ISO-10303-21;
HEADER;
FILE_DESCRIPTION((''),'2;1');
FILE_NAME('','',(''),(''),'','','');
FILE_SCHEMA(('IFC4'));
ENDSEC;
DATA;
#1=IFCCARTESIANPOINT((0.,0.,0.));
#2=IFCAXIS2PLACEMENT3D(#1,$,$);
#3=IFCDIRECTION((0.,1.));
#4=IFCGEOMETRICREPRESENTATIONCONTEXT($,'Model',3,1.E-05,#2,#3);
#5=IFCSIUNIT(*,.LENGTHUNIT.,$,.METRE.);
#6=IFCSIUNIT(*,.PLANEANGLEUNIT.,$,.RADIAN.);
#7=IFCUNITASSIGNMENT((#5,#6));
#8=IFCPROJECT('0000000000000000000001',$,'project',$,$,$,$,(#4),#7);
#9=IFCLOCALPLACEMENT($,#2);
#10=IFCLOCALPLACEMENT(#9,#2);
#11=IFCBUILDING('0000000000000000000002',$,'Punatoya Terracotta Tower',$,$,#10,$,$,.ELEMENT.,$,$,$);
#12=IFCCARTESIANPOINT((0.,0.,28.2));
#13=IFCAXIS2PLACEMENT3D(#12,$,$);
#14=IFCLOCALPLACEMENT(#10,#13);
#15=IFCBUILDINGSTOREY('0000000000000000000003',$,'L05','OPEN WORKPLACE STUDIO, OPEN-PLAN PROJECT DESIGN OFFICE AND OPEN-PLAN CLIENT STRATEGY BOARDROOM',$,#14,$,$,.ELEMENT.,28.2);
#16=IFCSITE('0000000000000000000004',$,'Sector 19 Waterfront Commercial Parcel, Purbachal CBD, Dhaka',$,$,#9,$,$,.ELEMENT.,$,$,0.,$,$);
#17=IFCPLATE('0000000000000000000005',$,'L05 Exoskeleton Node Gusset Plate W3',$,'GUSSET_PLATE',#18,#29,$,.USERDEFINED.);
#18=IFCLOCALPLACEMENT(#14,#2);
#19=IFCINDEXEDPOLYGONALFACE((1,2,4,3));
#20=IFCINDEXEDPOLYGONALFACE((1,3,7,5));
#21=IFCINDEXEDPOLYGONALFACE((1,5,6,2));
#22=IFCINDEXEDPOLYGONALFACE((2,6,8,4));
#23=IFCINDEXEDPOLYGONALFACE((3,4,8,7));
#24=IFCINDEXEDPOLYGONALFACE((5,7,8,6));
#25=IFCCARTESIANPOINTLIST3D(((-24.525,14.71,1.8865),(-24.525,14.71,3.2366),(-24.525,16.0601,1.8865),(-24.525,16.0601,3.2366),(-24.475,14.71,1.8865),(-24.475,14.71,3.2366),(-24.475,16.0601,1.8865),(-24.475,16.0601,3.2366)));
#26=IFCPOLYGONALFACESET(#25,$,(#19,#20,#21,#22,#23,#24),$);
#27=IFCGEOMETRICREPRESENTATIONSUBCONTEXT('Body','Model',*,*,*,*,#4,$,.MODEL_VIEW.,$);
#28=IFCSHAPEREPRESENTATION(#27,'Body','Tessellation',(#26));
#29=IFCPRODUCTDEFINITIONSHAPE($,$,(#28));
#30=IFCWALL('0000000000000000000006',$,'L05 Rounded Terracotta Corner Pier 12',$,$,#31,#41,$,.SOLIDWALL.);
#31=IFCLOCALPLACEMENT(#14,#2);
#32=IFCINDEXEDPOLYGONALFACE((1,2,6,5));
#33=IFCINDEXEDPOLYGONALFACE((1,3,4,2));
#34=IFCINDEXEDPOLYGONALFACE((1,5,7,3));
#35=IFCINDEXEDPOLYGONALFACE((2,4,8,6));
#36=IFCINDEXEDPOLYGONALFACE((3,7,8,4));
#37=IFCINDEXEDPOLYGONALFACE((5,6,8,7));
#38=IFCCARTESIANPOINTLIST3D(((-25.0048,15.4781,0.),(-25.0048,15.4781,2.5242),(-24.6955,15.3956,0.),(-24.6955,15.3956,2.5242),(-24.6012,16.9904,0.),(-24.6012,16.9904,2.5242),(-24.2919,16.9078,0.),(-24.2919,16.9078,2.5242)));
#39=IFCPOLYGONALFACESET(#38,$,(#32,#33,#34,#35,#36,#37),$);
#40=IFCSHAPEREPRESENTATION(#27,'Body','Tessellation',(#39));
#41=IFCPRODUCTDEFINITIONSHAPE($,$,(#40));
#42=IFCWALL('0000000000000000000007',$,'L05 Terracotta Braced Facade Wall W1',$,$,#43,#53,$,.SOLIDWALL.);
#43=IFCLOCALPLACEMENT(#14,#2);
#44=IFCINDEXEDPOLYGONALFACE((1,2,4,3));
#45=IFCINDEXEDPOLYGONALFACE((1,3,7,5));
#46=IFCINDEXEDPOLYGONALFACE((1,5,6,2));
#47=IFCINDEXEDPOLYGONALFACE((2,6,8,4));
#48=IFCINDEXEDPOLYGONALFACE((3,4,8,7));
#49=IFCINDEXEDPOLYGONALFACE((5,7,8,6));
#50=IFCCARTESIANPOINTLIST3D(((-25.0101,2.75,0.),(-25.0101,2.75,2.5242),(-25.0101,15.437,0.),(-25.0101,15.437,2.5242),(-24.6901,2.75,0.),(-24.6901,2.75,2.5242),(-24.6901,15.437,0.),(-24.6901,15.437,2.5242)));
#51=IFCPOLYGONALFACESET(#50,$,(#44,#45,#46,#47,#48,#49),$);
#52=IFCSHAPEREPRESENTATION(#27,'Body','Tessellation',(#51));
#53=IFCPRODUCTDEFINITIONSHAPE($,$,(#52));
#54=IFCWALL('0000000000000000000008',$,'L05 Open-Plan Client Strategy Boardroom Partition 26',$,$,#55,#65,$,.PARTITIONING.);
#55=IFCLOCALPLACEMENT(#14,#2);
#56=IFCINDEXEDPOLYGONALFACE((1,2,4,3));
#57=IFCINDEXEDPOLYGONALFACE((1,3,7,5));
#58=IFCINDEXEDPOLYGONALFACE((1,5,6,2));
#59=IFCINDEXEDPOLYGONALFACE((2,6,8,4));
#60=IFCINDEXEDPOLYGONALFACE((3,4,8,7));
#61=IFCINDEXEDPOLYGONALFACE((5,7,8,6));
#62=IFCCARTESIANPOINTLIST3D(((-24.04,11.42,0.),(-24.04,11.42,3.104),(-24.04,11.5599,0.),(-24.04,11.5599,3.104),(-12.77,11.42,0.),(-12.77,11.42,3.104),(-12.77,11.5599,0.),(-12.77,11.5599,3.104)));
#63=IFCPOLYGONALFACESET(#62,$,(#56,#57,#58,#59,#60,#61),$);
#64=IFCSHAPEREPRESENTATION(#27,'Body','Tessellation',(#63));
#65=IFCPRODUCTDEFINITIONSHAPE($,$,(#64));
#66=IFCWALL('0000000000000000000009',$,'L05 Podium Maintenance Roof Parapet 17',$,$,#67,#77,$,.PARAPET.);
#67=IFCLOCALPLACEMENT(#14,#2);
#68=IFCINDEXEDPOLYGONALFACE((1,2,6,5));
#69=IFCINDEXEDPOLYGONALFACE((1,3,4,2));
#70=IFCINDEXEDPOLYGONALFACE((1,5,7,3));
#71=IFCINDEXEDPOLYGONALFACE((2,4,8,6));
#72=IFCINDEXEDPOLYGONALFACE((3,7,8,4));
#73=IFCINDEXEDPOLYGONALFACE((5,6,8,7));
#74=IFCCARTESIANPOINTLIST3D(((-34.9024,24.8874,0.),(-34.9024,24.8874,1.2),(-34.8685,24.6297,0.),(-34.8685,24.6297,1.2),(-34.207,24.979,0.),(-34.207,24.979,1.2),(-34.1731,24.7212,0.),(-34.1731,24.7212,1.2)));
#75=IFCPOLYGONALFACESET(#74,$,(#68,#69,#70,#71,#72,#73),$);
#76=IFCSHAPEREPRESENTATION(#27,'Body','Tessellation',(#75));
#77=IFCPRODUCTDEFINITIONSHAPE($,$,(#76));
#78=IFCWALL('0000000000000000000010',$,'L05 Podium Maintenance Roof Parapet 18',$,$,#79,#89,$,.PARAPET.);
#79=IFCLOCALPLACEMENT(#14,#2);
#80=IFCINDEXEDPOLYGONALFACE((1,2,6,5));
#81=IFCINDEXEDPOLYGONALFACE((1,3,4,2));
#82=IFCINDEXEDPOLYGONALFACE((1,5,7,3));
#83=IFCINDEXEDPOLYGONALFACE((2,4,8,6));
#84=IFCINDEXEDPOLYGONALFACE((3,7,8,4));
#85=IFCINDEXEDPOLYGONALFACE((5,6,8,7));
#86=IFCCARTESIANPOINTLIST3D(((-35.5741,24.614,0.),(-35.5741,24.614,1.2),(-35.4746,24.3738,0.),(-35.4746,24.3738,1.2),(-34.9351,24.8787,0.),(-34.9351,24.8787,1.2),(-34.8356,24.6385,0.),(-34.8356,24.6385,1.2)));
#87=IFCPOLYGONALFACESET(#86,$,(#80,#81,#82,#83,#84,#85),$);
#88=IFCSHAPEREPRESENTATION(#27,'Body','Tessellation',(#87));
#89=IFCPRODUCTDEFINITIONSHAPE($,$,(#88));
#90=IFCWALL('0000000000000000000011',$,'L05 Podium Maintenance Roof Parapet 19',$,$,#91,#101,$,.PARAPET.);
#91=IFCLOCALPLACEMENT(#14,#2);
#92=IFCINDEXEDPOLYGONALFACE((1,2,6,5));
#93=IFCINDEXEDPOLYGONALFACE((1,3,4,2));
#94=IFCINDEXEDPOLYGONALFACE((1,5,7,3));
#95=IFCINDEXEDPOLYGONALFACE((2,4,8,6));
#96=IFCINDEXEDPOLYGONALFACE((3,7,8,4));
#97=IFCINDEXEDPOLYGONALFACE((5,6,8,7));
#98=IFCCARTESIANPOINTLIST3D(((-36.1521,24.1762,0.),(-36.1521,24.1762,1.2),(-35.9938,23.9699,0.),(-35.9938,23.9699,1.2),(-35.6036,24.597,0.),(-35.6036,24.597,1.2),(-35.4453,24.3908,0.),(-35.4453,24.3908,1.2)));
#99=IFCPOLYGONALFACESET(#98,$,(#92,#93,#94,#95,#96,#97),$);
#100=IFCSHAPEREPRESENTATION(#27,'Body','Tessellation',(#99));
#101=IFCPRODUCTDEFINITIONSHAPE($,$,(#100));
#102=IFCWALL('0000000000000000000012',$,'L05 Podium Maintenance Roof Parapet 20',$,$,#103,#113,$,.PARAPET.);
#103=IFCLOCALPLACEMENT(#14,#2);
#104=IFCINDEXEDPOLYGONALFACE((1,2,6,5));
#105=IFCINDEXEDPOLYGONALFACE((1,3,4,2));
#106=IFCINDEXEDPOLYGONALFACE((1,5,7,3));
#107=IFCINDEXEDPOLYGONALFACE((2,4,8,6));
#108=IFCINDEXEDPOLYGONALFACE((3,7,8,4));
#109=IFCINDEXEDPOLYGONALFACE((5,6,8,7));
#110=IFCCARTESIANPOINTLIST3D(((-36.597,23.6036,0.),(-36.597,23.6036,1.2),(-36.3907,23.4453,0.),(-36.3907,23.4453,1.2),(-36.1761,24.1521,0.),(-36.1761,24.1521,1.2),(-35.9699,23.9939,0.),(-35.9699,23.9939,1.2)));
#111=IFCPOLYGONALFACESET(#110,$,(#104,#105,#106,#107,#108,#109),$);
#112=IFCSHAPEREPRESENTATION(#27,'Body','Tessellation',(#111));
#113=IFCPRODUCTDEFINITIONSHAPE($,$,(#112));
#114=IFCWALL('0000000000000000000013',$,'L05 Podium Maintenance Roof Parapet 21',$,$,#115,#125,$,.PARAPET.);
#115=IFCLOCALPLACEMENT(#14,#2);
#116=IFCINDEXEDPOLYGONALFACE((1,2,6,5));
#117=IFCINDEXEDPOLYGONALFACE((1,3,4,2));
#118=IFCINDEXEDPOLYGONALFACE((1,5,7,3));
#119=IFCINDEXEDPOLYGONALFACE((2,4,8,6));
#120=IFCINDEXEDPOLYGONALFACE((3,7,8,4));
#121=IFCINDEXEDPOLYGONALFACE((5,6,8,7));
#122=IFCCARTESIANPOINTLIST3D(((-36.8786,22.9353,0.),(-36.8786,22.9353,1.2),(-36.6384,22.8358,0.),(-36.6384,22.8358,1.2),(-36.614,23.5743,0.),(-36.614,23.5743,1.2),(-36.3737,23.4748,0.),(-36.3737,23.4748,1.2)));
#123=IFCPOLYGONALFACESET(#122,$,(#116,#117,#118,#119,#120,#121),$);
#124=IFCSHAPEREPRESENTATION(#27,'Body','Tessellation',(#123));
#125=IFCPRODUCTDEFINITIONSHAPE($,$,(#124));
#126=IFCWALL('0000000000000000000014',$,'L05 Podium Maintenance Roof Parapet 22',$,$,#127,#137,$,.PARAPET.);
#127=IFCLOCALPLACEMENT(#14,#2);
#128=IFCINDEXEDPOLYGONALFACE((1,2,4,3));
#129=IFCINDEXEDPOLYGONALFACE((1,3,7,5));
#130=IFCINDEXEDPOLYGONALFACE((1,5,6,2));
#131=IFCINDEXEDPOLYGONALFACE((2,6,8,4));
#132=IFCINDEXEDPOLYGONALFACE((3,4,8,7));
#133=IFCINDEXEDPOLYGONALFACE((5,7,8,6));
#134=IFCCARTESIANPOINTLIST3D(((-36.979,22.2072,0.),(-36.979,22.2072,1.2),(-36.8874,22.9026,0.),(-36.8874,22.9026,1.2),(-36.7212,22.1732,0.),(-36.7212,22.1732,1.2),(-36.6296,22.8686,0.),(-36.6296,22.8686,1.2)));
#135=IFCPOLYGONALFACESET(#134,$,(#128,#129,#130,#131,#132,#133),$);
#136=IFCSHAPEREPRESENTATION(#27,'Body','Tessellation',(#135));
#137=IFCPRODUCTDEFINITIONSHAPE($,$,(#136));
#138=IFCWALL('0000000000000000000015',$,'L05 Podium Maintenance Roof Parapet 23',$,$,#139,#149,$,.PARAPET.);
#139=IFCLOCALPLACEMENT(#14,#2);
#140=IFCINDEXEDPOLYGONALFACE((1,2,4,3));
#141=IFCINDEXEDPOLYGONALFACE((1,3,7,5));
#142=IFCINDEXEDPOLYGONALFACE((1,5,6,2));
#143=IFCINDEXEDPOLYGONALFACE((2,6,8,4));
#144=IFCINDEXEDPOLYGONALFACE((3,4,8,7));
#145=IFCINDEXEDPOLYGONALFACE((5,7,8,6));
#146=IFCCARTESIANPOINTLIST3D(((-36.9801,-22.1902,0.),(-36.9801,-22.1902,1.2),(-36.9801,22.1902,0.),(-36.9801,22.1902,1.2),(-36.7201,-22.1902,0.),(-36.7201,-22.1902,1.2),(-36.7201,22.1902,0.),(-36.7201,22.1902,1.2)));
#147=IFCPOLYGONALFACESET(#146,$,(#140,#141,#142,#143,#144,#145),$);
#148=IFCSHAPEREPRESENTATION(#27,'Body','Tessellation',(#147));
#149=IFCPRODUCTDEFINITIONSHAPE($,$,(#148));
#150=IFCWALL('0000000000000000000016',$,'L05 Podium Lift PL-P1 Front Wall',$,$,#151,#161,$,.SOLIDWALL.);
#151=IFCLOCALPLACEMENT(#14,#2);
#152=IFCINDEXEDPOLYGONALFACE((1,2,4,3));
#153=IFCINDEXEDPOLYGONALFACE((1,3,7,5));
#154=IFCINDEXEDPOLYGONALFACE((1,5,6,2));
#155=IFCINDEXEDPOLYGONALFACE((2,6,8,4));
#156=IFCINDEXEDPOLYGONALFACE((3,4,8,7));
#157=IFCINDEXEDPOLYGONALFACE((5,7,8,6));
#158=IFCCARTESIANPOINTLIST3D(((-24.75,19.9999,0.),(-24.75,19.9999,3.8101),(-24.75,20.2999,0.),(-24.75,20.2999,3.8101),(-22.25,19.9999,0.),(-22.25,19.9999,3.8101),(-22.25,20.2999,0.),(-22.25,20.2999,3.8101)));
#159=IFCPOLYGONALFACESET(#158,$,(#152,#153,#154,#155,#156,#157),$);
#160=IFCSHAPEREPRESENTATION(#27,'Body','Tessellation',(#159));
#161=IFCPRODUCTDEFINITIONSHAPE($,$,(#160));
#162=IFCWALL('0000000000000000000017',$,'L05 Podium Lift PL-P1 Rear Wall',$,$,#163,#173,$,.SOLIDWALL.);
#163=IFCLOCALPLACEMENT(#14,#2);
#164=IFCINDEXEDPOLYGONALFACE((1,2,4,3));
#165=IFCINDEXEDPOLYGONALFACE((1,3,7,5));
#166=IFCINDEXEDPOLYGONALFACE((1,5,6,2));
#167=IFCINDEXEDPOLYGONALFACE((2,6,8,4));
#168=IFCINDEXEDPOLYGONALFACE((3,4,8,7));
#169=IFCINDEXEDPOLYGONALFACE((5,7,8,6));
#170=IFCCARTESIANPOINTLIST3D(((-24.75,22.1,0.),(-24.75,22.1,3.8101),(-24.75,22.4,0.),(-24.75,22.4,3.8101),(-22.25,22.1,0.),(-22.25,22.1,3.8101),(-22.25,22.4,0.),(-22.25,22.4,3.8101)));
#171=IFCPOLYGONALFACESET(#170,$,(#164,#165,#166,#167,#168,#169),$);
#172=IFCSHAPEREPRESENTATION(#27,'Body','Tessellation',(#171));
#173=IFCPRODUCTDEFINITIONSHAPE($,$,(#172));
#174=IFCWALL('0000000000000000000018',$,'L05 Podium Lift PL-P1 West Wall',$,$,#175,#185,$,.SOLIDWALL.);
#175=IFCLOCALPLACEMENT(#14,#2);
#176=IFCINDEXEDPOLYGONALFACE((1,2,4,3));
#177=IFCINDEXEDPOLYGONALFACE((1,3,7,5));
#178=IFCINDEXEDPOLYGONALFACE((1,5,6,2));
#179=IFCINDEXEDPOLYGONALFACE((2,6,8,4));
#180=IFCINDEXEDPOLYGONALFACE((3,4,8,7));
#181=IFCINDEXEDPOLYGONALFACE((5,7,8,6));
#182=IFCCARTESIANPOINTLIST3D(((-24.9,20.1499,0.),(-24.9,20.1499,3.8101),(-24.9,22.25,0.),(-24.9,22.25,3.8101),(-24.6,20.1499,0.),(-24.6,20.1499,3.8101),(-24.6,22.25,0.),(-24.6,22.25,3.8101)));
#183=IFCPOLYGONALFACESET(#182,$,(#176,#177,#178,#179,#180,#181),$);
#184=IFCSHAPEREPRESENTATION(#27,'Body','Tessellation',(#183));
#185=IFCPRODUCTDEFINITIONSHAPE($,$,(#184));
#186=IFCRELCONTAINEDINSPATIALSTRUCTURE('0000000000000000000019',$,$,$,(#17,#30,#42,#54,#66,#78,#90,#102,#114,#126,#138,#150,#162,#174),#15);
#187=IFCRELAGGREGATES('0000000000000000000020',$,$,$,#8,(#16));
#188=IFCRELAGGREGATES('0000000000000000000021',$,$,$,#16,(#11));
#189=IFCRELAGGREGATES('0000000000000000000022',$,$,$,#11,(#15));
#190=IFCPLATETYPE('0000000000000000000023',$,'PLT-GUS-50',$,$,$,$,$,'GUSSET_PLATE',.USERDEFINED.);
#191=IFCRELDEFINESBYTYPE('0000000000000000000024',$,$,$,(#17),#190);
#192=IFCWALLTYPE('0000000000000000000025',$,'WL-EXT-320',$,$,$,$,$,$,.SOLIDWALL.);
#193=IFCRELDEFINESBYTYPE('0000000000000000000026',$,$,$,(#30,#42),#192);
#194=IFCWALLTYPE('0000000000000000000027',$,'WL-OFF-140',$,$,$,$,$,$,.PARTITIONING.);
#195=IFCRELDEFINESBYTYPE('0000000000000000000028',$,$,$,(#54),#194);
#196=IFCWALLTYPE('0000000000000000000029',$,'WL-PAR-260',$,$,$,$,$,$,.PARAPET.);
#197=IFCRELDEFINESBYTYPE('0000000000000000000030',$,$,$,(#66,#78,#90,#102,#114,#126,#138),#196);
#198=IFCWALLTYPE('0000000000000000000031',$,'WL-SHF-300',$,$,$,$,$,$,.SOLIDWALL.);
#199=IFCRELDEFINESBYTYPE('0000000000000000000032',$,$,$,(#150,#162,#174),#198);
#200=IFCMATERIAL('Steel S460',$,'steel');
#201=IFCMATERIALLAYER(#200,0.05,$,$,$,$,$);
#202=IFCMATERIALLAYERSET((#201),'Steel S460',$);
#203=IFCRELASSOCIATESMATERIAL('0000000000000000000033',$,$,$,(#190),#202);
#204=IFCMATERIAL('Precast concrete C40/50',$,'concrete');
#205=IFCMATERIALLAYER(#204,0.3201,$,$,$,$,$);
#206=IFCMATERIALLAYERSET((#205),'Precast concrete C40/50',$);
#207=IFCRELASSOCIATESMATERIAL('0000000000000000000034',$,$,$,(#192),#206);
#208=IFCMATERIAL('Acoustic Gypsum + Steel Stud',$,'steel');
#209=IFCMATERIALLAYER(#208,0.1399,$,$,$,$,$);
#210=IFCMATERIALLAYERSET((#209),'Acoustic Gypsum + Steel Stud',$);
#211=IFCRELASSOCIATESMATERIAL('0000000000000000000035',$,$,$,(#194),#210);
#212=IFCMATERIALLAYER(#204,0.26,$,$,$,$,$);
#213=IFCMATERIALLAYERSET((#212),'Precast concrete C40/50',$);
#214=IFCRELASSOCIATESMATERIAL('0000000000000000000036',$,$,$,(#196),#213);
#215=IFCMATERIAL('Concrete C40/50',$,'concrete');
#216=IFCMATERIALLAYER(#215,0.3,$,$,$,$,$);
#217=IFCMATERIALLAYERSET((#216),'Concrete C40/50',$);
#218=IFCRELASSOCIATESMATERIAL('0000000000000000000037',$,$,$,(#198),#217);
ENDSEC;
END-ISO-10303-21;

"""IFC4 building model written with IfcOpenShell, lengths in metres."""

from ifc_helpers import new_model, si_unit, direction, frame, frame_2d, origin, origin_2d, place, context, subcontext, project, spatial, rectangle, extrude, material, layer, layer_set, type_object, element, save


model = new_model("IFC4")

# Units and contexts
model_context = context("Model", 3, precision=1e-05, world=origin(), true_north=direction((0.0, 1.0)))
body_context = subcontext(model_context, "Body", "Model", "MODEL_VIEW")
ifc_project = project(units=[si_unit("LENGTHUNIT", "METRE"), si_unit("PLANEANGLEUNIT", "RADIAN")], contexts=[model_context])

# Site, building, storey
site_placement = place(None, origin())
site = spatial("IfcSite", under=ifc_project, at=site_placement, Name="Sector 19 Waterfront Commercial Parcel, Purbachal CBD, Dhaka", CompositionType="ELEMENT", RefElevation=0.0)
building_placement = place(site_placement, origin())
building = spatial("IfcBuilding", under=site, at=building_placement, Name="Punatoya Terracotta Tower", CompositionType="ELEMENT")
storey_placement = place(building_placement, frame((0.0, 0.0, 28.2)))
storey = spatial("IfcBuildingStorey", under=building, at=storey_placement, Name="L05", Description="OPEN WORKPLACE STUDIO, OPEN-PLAN PROJECT DESIGN OFFICE AND OPEN-PLAN CLIENT STRATEGY BOARDROOM", CompositionType="ELEMENT", Elevation=28.2)

# Shared definitions
ifc_material_1 = material(Name="Steel S460", Category="steel")

# Plate
ifc_layer_1 = layer(ifc_material_1, 0.05)
ifc_layer_set_1 = layer_set([ifc_layer_1], Name="Steel S460")
plate_type = type_object("IfcPlateType", Name="PLT-GUS-50", ElementType="GUSSET_PLATE", PredefinedType="USERDEFINED", material=ifc_layer_set_1)
plate_placement = place(storey_placement, frame((-24.5, 15.385, 1.8865), z_axis=(0.0, 0.0, 1.0), x_axis=(0.0, 1.0, 0.0)))
element("IfcPlate", 1, at=plate_placement, inside=storey, type_object=plate_type, Name="L05 Exoskeleton Node Gusset Plate W3", ObjectType="GUSSET_PLATE", PredefinedType="USERDEFINED", context=body_context, shape_type="SweptSolid", body=[
    extrude(rectangle(XDim=1.3501, YDim=0.05, at=origin_2d()), origin(), (0.0, 0.0, 1.0), 1.3501),
])

# Walls
ifc_material_2 = material(Name="Precast concrete C40/50", Category="concrete")
ifc_layer_2 = layer(ifc_material_2, 0.3201)
ifc_layer_set_2 = layer_set([ifc_layer_2], Name="Precast concrete C40/50")
wall_type_1 = type_object("IfcWallType", Name="WL-EXT-320", PredefinedType="SOLIDWALL", material=ifc_layer_set_2)
wall_1_placement = place(storey_placement, frame((-24.4465, 16.9492, 0.0), z_axis=(0.0, 0.0, 1.0), x_axis=(-0.257847, -0.966186, 0.0)))
element("IfcWall", 2, at=wall_1_placement, inside=storey, type_object=wall_type_1, Name="L05 Rounded Terracotta Corner Pier 12", PredefinedType="SOLIDWALL", context=body_context, shape_type="SweptSolid", body=[
    extrude(rectangle(XDim=1.5652, YDim=0.3201, at=frame_2d((0.7827, 0.0))), origin(), (0.0, 0.0, 1.0), 2.5242),
])
wall_2_placement = place(storey_placement, frame((-24.8501, 15.437, 0.0), z_axis=(0.0, 0.0, 1.0), x_axis=(0.0, -1.0, 0.0)))
element("IfcWall", 3, at=wall_2_placement, inside=storey, type_object=wall_type_1, Name="L05 Terracotta Braced Facade Wall W1", PredefinedType="SOLIDWALL", context=body_context, shape_type="SweptSolid", body=[
    extrude(rectangle(XDim=12.687, YDim=0.3201, at=frame_2d((6.3435, 0.0))), origin(), (0.0, 0.0, 1.0), 2.5242),
])
ifc_material_3 = material(Name="Acoustic Gypsum + Steel Stud", Category="steel")
ifc_layer_3 = layer(ifc_material_3, 0.1399)
ifc_layer_set_3 = layer_set([ifc_layer_3], Name="Acoustic Gypsum + Steel Stud")
wall_type_2 = type_object("IfcWallType", Name="WL-OFF-140", PredefinedType="PARTITIONING", material=ifc_layer_set_3)
wall_3_placement = place(storey_placement, frame((-24.04, 11.49, 0.0), z_axis=(0.0, 0.0, 1.0), x_axis=(1.0, 0.0, 0.0)))
element("IfcWall", 4, at=wall_3_placement, inside=storey, type_object=wall_type_2, Name="L05 Open-Plan Client Strategy Boardroom Partition 26", PredefinedType="PARTITIONING", context=body_context, shape_type="SweptSolid", body=[
    extrude(rectangle(XDim=11.27, YDim=0.1399, at=frame_2d((5.635, 0.0))), origin(), (0.0, 0.0, 1.0), 3.104),
])
ifc_layer_4 = layer(ifc_material_2, 0.26)
ifc_layer_set_4 = layer_set([ifc_layer_4], Name="Precast concrete C40/50")
wall_type_3 = type_object("IfcWallType", Name="WL-PAR-260", PredefinedType="PARAPET", material=ifc_layer_set_4)
wall_4_placement = place(storey_placement, frame((-34.1902, 24.8501, 0.0), z_axis=(0.0, 0.0, 1.0), x_axis=(-0.991442, -0.130545, 0.0)))
element("IfcWall", 5, at=wall_4_placement, inside=storey, type_object=wall_type_3, Name="L05 Podium Maintenance Roof Parapet 17", PredefinedType="PARAPET", context=body_context, shape_type="SweptSolid", body=[
    extrude(rectangle(XDim=0.7014, YDim=0.26, at=frame_2d((0.3506, 0.0))), origin(), (0.0, 0.0, 1.0), 1.2),
])
wall_5_placement = place(storey_placement, frame((-34.8855, 24.7585, 0.0), z_axis=(0.0, 0.0, 1.0), x_axis=(-0.923879, -0.382684, 0.0)))
element("IfcWall", 6, at=wall_5_placement, inside=storey, type_object=wall_type_3, Name="L05 Podium Maintenance Roof Parapet 18", PredefinedType="PARAPET", context=body_context, shape_type="SweptSolid", body=[
    extrude(rectangle(XDim=0.6917, YDim=0.26, at=frame_2d((0.3457, 0.0))), origin(), (0.0, 0.0, 1.0), 1.2),
])
for number, where, z_axis, x_axis, name in (
    (7, (-35.5244, 24.4939, 0.0), (0.0, 0.0, 1.0), (-0.793385, -0.608721, 0.0), "L05 Podium Maintenance Roof Parapet 19"),
    (8, (-36.073, 24.073, 0.0), (0.0, 0.0, 1.0), (-0.608721, -0.793385, 0.0), "L05 Podium Maintenance Roof Parapet 20"),
):
    element("IfcWall", number, at=place(storey_placement, frame(where, z_axis=z_axis, x_axis=x_axis)), inside=storey, type_object=wall_type_3, Name=name, PredefinedType="PARAPET", context=body_context, shape_type="SweptSolid", body=[
        extrude(rectangle(XDim=0.6914, YDim=0.26, at=frame_2d((0.3457, 0.0))), origin(), (0.0, 0.0, 1.0), 1.2),
    ])
wall_6_placement = place(storey_placement, frame((-36.4939, 23.5244, 0.0), z_axis=(0.0, 0.0, 1.0), x_axis=(-0.382684, -0.923879, 0.0)))
element("IfcWall", 9, at=wall_6_placement, inside=storey, type_object=wall_type_3, Name="L05 Podium Maintenance Roof Parapet 21", PredefinedType="PARAPET", context=body_context, shape_type="SweptSolid", body=[
    extrude(rectangle(XDim=0.6917, YDim=0.26, at=frame_2d((0.3457, 0.0))), origin(), (0.0, 0.0, 1.0), 1.2),
])
wall_7_placement = place(storey_placement, frame((-36.7585, 22.8855, 0.0), z_axis=(0.0, 0.0, 1.0), x_axis=(-0.130545, -0.991442, 0.0)))
element("IfcWall", 10, at=wall_7_placement, inside=storey, type_object=wall_type_3, Name="L05 Podium Maintenance Roof Parapet 22", PredefinedType="PARAPET", context=body_context, shape_type="SweptSolid", body=[
    extrude(rectangle(XDim=0.7014, YDim=0.26, at=frame_2d((0.3506, 0.0))), origin(), (0.0, 0.0, 1.0), 1.2),
])
wall_8_placement = place(storey_placement, frame((-36.8501, 22.1902, 0.0), z_axis=(0.0, 0.0, 1.0), x_axis=(0.0, -1.0, 0.0)))
element("IfcWall", 11, at=wall_8_placement, inside=storey, type_object=wall_type_3, Name="L05 Podium Maintenance Roof Parapet 23", PredefinedType="PARAPET", context=body_context, shape_type="SweptSolid", body=[
    extrude(rectangle(XDim=44.3804, YDim=0.26, at=frame_2d((22.1902, 0.0))), origin(), (0.0, 0.0, 1.0), 1.2),
])
ifc_material_4 = material(Name="Concrete C40/50", Category="concrete")
ifc_layer_5 = layer(ifc_material_4, 0.3)
ifc_layer_set_5 = layer_set([ifc_layer_5], Name="Concrete C40/50")
wall_type_4 = type_object("IfcWallType", Name="WL-SHF-300", PredefinedType="SOLIDWALL", material=ifc_layer_set_5)
for number, where, z_axis, x_axis, name in (
    (12, (-24.75, 20.1499, 0.0), (0.0, 0.0, 1.0), (1.0, 0.0, 0.0), "L05 Podium Lift PL-P1 Front Wall"),
    (13, (-24.75, 22.25, 0.0), (0.0, 0.0, 1.0), (1.0, 0.0, 0.0), "L05 Podium Lift PL-P1 Rear Wall"),
):
    element("IfcWall", number, at=place(storey_placement, frame(where, z_axis=z_axis, x_axis=x_axis)), inside=storey, type_object=wall_type_4, Name=name, PredefinedType="SOLIDWALL", context=body_context, shape_type="SweptSolid", body=[
        extrude(rectangle(XDim=2.5, YDim=0.3, at=frame_2d((1.25, 0.0))), origin(), (0.0, 0.0, 1.0), 3.8101),
    ])
wall_9_placement = place(storey_placement, frame((-24.75, 20.1499, 0.0), z_axis=(0.0, 0.0, 1.0), x_axis=(0.0, 1.0, 0.0)))
element("IfcWall", 14, at=wall_9_placement, inside=storey, type_object=wall_type_4, Name="L05 Podium Lift PL-P1 West Wall", PredefinedType="SOLIDWALL", context=body_context, shape_type="SweptSolid", body=[
    extrude(rectangle(XDim=2.1001, YDim=0.3, at=frame_2d((1.05, 0.0))), origin(), (0.0, 0.0, 1.0), 3.8101),
])

save(model, "model.ifc")
